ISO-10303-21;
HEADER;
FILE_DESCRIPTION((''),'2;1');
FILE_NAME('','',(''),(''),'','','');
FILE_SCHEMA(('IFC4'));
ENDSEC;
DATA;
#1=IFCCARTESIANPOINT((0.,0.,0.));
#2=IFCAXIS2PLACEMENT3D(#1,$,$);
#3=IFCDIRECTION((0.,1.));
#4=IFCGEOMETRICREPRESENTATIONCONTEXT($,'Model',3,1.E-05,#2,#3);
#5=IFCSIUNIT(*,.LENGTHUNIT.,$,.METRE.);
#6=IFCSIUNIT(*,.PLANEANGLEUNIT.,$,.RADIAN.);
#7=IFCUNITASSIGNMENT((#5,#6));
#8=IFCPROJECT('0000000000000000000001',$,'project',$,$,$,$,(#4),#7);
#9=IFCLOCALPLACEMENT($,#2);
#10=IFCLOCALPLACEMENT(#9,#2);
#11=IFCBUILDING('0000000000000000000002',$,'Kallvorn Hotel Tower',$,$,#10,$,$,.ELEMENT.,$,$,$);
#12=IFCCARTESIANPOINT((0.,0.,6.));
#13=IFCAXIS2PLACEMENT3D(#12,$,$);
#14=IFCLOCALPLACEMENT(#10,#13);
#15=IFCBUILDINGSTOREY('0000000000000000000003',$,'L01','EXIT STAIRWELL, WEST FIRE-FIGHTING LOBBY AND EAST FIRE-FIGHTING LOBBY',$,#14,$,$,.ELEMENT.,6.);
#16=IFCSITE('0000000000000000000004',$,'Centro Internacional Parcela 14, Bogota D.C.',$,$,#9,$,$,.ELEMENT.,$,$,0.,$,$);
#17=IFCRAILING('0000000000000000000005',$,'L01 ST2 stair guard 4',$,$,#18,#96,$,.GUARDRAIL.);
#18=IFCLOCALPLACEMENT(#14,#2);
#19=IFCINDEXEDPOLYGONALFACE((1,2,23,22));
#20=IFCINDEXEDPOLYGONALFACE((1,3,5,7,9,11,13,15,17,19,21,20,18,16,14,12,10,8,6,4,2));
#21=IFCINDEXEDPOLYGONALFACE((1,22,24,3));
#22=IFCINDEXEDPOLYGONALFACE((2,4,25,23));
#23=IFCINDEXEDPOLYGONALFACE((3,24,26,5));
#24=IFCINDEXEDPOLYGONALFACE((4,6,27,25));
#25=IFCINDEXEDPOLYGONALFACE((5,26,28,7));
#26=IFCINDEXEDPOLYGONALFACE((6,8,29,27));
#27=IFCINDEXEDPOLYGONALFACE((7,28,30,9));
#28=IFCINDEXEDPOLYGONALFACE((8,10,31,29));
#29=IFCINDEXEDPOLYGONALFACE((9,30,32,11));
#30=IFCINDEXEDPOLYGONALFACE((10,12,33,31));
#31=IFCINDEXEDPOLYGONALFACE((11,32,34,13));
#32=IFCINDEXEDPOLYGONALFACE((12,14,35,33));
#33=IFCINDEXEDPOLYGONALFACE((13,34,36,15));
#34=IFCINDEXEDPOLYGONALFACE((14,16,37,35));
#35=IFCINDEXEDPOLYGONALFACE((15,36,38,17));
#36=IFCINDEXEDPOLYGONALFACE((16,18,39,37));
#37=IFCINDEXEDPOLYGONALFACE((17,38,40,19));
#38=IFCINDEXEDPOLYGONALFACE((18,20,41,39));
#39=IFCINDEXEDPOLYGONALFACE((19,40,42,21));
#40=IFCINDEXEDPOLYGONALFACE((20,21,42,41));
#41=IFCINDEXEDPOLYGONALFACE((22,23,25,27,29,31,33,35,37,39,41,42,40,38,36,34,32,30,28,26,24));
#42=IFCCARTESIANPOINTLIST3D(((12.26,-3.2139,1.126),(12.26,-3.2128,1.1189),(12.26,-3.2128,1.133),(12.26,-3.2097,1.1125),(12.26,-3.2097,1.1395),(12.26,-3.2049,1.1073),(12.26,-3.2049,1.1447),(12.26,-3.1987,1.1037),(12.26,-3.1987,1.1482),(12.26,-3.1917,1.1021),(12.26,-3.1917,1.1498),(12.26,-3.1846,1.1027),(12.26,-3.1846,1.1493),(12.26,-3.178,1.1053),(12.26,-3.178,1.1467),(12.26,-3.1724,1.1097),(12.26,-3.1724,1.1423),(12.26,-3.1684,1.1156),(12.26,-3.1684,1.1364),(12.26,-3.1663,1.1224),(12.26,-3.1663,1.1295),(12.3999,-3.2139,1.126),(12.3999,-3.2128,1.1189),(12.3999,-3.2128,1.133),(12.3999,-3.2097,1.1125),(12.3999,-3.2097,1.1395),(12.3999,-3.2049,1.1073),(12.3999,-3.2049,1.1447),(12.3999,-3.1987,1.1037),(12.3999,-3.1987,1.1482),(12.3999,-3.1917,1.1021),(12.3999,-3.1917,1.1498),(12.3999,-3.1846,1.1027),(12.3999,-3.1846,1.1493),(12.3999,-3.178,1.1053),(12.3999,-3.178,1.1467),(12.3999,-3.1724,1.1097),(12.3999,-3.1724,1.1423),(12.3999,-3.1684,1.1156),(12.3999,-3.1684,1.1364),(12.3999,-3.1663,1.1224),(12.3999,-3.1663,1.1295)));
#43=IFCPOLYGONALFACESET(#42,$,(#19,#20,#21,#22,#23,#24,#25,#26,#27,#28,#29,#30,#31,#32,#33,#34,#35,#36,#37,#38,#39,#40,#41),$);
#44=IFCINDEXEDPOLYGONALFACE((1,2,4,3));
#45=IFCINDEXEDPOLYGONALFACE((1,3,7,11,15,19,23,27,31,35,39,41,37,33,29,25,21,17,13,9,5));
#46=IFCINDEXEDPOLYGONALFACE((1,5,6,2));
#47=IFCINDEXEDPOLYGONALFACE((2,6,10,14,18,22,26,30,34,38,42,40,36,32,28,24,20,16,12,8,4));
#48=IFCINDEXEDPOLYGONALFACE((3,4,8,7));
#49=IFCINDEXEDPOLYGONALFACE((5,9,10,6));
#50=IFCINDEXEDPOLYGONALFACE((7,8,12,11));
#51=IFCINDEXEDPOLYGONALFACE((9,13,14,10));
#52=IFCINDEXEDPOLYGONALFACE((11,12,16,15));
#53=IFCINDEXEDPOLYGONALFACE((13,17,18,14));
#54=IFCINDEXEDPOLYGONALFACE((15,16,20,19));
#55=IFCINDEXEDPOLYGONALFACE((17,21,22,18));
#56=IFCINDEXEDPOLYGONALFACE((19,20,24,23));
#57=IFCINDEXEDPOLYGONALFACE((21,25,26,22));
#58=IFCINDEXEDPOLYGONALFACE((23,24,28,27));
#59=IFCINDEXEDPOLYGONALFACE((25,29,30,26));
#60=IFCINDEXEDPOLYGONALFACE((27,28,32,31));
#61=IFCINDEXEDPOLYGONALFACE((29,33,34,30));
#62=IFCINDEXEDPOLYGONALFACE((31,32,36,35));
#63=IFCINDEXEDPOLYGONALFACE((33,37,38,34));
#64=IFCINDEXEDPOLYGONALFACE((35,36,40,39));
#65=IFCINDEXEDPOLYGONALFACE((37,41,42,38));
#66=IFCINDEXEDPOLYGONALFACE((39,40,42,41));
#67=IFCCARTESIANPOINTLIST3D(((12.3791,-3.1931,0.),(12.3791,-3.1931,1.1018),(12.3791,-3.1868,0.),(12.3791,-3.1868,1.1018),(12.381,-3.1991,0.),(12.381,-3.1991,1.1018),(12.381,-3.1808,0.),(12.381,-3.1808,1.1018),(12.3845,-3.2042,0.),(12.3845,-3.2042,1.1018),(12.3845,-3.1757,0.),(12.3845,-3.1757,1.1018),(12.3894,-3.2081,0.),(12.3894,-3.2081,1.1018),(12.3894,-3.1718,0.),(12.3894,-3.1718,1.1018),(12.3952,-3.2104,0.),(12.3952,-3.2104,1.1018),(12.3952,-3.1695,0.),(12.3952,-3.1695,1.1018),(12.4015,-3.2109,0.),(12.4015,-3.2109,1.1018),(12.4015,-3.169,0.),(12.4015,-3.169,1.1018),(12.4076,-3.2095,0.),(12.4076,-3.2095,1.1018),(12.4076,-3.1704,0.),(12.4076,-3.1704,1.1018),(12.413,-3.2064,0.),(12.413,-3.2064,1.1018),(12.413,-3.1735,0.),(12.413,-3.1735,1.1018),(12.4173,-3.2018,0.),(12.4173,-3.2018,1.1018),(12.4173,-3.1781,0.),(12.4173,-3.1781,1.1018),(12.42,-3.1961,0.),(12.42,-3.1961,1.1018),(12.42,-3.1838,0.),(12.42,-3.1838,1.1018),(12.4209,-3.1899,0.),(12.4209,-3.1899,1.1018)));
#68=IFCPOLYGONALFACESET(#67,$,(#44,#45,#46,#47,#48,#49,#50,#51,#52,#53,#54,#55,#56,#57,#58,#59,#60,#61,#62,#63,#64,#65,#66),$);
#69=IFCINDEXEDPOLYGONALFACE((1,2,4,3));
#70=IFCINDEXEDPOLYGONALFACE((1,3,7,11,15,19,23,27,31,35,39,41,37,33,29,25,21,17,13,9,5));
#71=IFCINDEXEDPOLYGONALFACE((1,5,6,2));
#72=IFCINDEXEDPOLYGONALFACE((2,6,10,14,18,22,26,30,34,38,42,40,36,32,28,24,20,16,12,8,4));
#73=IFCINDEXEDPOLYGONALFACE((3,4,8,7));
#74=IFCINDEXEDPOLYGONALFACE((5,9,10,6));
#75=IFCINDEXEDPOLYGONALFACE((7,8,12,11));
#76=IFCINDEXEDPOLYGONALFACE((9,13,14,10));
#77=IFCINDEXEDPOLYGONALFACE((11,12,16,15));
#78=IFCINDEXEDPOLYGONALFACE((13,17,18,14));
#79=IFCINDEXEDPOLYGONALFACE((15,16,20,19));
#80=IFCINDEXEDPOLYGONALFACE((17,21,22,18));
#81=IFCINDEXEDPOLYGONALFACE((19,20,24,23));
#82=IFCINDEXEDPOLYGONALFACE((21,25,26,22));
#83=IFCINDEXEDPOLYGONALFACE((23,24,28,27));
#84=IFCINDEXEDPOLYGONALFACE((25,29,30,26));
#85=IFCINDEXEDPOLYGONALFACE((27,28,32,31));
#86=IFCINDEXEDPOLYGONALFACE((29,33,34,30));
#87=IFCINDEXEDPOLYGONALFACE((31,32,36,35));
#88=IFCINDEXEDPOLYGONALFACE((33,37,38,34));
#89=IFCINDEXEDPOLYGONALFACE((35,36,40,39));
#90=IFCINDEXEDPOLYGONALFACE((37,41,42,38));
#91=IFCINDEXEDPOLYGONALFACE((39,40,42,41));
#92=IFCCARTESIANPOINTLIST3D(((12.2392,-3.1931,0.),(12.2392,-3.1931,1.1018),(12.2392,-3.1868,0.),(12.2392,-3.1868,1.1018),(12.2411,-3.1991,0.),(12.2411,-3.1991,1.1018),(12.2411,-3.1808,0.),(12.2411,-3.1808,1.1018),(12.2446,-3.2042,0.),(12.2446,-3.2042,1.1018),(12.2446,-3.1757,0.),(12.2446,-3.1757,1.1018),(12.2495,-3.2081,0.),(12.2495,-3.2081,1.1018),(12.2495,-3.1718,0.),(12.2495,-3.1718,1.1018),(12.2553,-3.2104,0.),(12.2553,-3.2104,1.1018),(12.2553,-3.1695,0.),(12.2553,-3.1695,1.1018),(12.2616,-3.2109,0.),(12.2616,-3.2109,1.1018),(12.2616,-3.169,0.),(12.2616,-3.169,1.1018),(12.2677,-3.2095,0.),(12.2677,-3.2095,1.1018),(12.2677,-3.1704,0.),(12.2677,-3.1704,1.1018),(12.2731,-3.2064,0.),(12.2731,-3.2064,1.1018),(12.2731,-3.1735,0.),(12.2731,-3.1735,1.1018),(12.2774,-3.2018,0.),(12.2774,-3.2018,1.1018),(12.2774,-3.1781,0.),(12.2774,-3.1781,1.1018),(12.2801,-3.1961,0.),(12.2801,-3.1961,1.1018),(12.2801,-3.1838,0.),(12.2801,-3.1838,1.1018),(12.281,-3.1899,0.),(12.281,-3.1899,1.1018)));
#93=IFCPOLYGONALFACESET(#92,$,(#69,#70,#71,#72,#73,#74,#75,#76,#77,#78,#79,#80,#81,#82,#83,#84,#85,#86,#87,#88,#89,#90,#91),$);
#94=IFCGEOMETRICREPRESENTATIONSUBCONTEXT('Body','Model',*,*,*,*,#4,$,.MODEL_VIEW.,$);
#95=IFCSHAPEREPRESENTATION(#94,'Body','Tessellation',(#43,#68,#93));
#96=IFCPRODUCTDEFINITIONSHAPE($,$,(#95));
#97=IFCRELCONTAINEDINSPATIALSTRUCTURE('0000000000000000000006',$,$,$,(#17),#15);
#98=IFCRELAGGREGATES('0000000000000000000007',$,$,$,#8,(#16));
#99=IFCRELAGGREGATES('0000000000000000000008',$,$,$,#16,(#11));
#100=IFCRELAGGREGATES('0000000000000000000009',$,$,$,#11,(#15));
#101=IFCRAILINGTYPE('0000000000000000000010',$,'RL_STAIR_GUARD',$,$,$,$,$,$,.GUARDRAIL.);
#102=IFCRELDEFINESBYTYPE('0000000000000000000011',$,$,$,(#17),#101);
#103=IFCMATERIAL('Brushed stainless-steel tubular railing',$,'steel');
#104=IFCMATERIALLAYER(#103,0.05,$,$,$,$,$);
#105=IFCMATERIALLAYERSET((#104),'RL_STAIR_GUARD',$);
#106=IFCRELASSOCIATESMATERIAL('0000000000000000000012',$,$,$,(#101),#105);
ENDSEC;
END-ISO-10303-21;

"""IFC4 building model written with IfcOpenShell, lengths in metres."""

from ifc_helpers import new_model, si_unit, direction, frame, origin, origin_2d, place, context, subcontext, project, spatial, circle, extrude, material, layer, layer_set, type_object, element, save


model = new_model("IFC4")

# Units and contexts
model_context = context("Model", 3, precision=1e-05, world=origin(), true_north=direction((0.0, 1.0)))
body_context = subcontext(model_context, "Body", "Model", "MODEL_VIEW")
ifc_project = project(units=[si_unit("LENGTHUNIT", "METRE"), si_unit("PLANEANGLEUNIT", "RADIAN")], contexts=[model_context])

# Site, building, storey
site_placement = place(None, origin())
site = spatial("IfcSite", under=ifc_project, at=site_placement, Name="Centro Internacional Parcela 14, Bogota D.C.", CompositionType="ELEMENT", RefElevation=0.0)
building_placement = place(site_placement, origin())
building = spatial("IfcBuilding", under=site, at=building_placement, Name="Kallvorn Hotel Tower", CompositionType="ELEMENT")
storey_placement = place(building_placement, frame((0.0, 0.0, 6.0)))
storey = spatial("IfcBuildingStorey", under=building, at=storey_placement, Name="L01", Description="EXIT STAIRWELL, WEST FIRE-FIGHTING LOBBY AND EAST FIRE-FIGHTING LOBBY", CompositionType="ELEMENT", Elevation=6.0)

# Railing
ifc_material_1 = material(Name="Brushed stainless-steel tubular railing", Category="steel")
ifc_layer_1 = layer(ifc_material_1, 0.05)
ifc_layer_set_1 = layer_set([ifc_layer_1], Name="RL_STAIR_GUARD")
railing_type_1 = type_object("IfcRailingType", Name="RL_STAIR_GUARD", PredefinedType="GUARDRAIL", material=ifc_layer_set_1)
railing_1_placement = place(storey_placement, frame((12.3999, -3.1899, 0.0)))
element("IfcRailing", 1, at=railing_1_placement, inside=storey, type_object=railing_type_1, Name="L01 ST2 stair guard 4", PredefinedType="GUARDRAIL", context=body_context, shape_type="SweptSolid", body=[
    extrude(circle(Radius=0.0239, at=origin_2d()), frame((0.0, 0.0, 1.126), z_axis=(-1.0, 0.0, 0.0), x_axis=(0.0, -1.0, 0.0)), (0.0, 0.0, 1.0), 0.1399),
    extrude(circle(Radius=0.021, at=origin_2d()), origin(), (0.0, 0.0, 1.0), 1.1018),
    extrude(circle(Radius=0.021, at=origin_2d()), frame((-0.1399, 0.0, 0.0)), (0.0, 0.0, 1.0), 1.1018),
])

save(model, "model.ifc")
